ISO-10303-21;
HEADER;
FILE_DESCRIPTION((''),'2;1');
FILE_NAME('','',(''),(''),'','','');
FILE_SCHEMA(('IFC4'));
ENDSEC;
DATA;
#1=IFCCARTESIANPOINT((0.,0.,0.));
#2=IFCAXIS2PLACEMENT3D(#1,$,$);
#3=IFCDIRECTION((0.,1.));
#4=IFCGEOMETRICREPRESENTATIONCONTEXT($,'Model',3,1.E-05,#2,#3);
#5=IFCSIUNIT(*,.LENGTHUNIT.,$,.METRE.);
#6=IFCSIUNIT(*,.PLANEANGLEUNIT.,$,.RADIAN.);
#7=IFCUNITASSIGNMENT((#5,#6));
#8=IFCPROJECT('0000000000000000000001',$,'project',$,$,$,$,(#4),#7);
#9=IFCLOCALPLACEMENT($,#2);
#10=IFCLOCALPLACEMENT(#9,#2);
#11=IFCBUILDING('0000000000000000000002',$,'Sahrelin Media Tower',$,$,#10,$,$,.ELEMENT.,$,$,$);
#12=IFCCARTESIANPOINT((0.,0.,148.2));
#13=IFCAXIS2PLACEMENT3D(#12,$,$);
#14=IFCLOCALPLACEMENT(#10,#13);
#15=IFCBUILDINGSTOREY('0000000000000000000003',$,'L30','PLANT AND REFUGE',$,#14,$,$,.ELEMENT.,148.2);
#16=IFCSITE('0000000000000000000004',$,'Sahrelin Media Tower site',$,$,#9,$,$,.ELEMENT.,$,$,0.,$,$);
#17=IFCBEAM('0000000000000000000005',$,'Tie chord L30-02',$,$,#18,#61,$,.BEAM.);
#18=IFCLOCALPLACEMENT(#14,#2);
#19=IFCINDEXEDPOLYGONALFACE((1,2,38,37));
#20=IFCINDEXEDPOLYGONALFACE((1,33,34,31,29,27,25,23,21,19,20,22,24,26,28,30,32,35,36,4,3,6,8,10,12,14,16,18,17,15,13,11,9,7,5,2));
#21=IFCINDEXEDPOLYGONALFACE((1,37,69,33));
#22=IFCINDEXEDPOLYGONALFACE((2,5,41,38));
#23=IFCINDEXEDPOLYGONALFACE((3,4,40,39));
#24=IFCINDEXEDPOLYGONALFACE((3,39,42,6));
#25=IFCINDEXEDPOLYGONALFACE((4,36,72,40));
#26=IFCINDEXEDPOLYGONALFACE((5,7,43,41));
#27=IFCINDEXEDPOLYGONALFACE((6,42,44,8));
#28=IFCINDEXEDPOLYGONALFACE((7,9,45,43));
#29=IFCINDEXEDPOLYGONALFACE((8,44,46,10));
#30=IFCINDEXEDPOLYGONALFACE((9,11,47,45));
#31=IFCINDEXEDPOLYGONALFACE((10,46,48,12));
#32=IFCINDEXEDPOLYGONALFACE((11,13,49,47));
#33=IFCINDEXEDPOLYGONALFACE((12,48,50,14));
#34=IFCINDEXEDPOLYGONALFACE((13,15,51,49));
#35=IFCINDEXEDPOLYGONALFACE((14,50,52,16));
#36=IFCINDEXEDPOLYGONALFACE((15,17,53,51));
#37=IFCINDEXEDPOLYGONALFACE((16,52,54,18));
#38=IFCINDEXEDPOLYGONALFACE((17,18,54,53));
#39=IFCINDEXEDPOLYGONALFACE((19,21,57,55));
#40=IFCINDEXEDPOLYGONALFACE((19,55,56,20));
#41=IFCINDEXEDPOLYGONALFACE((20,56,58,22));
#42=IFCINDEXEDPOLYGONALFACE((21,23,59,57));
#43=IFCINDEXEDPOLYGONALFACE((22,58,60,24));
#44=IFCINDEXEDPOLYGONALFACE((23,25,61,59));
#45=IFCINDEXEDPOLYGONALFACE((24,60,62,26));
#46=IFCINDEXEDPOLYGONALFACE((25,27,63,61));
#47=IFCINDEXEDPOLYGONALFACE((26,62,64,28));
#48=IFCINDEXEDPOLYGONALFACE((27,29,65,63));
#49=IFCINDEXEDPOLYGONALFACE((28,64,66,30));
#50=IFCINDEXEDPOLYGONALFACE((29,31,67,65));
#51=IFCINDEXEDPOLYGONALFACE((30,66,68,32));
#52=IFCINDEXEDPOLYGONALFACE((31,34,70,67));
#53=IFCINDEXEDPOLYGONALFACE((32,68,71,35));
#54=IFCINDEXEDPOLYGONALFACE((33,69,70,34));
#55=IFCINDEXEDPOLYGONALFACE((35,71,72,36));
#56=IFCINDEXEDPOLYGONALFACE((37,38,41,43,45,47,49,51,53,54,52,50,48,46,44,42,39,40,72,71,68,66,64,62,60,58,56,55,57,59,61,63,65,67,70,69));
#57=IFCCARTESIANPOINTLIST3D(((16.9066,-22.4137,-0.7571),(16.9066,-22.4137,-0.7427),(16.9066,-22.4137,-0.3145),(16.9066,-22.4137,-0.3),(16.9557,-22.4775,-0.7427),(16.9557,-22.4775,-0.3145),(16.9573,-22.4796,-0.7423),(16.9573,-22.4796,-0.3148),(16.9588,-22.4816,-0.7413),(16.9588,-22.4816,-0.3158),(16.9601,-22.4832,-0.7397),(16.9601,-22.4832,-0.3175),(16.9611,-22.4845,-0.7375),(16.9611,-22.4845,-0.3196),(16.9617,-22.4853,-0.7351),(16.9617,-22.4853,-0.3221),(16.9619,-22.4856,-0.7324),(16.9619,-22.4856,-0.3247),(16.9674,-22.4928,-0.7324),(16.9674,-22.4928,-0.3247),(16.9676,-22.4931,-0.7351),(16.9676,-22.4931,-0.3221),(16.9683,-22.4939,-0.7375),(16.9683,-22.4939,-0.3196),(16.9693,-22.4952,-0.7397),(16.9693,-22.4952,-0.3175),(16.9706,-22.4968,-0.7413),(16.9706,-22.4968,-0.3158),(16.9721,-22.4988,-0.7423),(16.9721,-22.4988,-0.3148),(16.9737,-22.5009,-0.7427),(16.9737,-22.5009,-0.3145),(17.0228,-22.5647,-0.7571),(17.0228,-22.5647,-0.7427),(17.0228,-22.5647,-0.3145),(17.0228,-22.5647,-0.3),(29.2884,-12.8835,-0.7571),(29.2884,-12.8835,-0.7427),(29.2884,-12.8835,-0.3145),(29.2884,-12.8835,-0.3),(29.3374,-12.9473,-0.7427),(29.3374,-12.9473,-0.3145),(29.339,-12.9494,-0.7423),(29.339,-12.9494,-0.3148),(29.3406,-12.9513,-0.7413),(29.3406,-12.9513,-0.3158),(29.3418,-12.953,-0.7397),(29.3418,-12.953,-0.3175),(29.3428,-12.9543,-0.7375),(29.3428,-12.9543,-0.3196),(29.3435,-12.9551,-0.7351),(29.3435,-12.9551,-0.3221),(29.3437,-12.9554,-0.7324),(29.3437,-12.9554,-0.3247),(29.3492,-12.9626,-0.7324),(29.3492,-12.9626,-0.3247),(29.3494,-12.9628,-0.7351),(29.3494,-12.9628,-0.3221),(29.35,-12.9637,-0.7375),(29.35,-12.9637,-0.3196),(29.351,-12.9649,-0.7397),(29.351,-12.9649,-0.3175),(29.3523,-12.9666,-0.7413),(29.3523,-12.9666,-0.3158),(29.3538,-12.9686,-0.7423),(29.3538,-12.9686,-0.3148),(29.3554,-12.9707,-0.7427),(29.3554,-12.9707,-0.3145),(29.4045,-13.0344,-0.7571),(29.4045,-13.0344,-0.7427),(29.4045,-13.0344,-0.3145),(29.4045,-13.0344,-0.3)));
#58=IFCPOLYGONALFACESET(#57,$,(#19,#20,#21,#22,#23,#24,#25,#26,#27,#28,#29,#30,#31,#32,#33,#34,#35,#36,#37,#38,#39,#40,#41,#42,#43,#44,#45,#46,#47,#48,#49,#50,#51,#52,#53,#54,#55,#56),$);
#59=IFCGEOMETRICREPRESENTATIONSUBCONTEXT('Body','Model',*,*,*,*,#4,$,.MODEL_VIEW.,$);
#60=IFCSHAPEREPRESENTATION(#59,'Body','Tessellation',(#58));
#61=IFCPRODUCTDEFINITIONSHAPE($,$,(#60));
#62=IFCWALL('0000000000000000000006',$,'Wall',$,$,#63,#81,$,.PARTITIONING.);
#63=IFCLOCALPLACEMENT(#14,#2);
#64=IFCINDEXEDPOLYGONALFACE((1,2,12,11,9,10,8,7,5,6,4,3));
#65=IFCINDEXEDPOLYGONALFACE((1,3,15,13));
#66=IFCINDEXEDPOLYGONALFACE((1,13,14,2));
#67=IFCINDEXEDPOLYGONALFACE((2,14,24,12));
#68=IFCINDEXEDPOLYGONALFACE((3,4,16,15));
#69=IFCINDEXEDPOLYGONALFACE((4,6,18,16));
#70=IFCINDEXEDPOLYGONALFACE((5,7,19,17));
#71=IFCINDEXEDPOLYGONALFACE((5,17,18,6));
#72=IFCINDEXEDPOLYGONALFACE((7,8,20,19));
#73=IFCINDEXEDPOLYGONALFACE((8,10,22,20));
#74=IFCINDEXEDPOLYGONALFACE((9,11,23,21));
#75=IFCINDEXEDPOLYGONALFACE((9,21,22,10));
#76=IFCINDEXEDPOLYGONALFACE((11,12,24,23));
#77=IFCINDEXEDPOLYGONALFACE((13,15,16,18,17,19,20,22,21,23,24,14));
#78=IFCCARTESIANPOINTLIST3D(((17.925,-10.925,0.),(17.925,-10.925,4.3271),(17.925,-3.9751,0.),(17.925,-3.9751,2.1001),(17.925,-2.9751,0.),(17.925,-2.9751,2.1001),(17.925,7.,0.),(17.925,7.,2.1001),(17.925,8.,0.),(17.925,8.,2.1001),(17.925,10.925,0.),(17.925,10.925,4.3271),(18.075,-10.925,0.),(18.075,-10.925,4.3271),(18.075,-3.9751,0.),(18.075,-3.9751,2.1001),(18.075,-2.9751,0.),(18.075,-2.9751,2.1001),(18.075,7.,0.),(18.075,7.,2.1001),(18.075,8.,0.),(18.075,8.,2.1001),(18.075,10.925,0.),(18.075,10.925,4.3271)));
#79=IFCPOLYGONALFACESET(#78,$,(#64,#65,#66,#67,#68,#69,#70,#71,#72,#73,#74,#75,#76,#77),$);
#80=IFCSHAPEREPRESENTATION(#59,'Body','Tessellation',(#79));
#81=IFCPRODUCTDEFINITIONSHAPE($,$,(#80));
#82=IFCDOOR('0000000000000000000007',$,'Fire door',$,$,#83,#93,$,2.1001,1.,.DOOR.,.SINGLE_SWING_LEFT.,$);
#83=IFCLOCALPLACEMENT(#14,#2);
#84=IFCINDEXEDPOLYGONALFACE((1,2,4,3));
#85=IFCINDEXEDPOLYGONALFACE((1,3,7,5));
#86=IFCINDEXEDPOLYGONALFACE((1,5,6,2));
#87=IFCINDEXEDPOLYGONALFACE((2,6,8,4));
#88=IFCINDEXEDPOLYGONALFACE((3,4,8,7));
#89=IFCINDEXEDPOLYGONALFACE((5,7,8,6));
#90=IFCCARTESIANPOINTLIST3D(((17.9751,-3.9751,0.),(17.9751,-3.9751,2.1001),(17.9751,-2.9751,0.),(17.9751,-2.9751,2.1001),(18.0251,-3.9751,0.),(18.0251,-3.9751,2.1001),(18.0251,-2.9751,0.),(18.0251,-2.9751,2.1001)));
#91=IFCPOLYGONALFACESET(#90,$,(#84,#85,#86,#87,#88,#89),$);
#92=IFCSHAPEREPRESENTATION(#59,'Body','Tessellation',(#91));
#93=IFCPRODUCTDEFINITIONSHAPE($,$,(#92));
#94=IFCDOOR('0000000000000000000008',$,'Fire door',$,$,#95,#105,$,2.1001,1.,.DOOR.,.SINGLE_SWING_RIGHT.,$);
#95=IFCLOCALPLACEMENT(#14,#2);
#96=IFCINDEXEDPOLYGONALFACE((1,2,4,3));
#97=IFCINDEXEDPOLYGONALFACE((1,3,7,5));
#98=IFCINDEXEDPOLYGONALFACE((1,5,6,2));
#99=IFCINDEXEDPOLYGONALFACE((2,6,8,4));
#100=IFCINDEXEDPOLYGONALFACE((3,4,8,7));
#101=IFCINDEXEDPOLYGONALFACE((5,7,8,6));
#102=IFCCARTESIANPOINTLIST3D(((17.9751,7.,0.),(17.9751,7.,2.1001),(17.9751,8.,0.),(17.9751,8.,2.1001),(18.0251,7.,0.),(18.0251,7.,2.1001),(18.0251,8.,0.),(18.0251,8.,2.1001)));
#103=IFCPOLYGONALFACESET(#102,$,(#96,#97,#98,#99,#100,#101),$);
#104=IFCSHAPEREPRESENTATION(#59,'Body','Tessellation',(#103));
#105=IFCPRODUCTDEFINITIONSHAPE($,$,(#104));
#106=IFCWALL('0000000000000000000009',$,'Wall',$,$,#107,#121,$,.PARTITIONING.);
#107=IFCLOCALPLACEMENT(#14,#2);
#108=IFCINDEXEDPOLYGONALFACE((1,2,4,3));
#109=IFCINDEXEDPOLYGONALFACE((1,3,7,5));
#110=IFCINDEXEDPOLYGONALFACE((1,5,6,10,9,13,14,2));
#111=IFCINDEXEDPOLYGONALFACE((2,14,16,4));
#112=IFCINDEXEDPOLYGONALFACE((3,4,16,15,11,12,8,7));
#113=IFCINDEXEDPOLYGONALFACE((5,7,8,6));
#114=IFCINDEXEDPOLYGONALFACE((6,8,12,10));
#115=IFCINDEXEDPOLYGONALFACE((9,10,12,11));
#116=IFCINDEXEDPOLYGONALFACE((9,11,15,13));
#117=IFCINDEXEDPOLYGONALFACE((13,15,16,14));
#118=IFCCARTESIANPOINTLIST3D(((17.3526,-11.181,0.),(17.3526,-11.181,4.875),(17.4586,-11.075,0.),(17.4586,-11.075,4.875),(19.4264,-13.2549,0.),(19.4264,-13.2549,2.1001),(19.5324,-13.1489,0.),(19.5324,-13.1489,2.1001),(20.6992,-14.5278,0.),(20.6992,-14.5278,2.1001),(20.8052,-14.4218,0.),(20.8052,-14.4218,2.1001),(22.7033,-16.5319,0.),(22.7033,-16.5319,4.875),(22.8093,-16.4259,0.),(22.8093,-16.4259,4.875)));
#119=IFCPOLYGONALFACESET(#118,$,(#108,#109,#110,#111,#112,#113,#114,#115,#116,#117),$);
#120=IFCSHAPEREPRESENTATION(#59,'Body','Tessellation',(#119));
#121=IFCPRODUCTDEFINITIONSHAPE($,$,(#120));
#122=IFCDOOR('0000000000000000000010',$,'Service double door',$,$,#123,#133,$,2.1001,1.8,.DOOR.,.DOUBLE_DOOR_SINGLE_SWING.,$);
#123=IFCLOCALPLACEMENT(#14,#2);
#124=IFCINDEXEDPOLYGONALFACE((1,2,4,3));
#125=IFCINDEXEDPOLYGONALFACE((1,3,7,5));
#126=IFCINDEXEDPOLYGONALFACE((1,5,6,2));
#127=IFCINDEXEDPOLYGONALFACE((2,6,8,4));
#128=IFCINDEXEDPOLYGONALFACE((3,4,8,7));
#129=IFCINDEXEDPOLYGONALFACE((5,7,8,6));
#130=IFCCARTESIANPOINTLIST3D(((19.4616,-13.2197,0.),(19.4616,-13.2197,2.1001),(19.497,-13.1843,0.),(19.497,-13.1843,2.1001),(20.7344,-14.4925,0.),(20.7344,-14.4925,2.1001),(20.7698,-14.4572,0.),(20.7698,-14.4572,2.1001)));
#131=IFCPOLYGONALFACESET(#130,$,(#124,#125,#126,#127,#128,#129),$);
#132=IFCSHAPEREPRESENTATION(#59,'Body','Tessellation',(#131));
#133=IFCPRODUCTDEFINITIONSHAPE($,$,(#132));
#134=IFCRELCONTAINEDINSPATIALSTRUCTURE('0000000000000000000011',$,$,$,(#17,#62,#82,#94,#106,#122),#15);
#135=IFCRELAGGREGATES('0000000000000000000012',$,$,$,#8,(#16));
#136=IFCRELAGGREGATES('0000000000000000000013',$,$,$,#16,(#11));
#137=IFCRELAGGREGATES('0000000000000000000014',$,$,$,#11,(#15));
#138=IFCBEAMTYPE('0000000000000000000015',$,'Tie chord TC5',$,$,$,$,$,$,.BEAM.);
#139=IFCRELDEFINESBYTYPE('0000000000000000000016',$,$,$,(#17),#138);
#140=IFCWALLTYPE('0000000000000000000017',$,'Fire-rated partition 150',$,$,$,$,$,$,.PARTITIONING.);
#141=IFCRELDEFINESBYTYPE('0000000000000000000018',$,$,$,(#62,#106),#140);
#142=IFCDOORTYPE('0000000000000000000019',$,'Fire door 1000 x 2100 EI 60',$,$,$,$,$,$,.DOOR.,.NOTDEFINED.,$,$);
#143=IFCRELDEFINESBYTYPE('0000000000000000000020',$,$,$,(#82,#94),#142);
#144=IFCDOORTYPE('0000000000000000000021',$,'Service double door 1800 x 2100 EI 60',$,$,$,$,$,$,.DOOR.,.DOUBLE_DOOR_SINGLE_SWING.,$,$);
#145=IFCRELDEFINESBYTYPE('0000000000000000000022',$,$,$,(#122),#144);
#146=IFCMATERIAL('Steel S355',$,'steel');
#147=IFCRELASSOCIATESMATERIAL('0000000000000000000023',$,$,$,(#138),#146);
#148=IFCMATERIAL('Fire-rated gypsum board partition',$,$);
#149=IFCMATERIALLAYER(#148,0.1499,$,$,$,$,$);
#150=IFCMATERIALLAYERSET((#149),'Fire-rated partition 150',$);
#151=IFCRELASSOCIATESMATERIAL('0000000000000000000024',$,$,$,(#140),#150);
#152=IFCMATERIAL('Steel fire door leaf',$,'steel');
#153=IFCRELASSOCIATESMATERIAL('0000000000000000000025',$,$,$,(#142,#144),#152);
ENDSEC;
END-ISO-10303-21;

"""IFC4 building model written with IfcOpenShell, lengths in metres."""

from ifc_helpers import new_model, si_unit, direction, frame, frame_2d, origin, origin_2d, place, context, subcontext, project, spatial, rectangle, i_section, extrude, material, layer, layer_set, material_profile, profile_set, type_object, element, fill, save


model = new_model("IFC4")

# Units and contexts
model_context = context("Model", 3, precision=1e-05, world=origin(), true_north=direction((0.0, 1.0)))
body_context = subcontext(model_context, "Body", "Model", "MODEL_VIEW")
ifc_project = project(units=[si_unit("LENGTHUNIT", "METRE"), si_unit("PLANEANGLEUNIT", "RADIAN")], contexts=[model_context])

# Site, building, storey
site_placement = place(None, origin())
site = spatial("IfcSite", under=ifc_project, at=site_placement, Name="Sahrelin Media Tower site", CompositionType="ELEMENT", RefElevation=0.0)
building_placement = place(site_placement, origin())
building = spatial("IfcBuilding", under=site, at=building_placement, Name="Sahrelin Media Tower", CompositionType="ELEMENT")
storey_placement = place(building_placement, frame((0.0, 0.0, 148.2)))
storey = spatial("IfcBuildingStorey", under=building, at=storey_placement, Name="L30", Description="PLANT AND REFUGE", CompositionType="ELEMENT", Elevation=148.2)

# Beam
ifc_material_1 = material(Name="Steel S355", Category="steel")
ifc_material_profile_1 = material_profile(ifc_material_1, i_section(OverallWidth=0.1904, OverallDepth=0.457, WebThickness=0.009, FlangeThickness=0.0144, FilletRadius=0.0103, at=origin_2d()), Name="UB 457x191x74")
ifc_profile_set_1 = profile_set([ifc_material_profile_1], Name="Steel S355")
beam_type_1 = type_object("IfcBeamType", Name="Tie chord TC5", PredefinedType="BEAM", material=ifc_profile_set_1)
beam_1_placement = place(storey_placement, frame((29.3464, -12.959, -0.5286), z_axis=(-0.792445, -0.609943, 0.0), x_axis=(0.609943, -0.792445, 0.0)))
element("IfcBeam", 1, at=beam_1_placement, inside=storey, type_object=beam_type_1, Name="Tie chord L30-02", PredefinedType="BEAM", context=body_context, shape_type="SweptSolid", body=[
    extrude(i_section(OverallWidth=0.1904, OverallDepth=0.457, WebThickness=0.009, FlangeThickness=0.0144, FilletRadius=0.0103, at=origin_2d()), origin(), (0.0, 0.0, 1.0), 15.6248),
])

# Wall, openings, doors
ifc_material_2 = material(Name="Fire-rated gypsum board partition")
ifc_layer = layer(ifc_material_2, 0.1499)
ifc_layer_set = layer_set([ifc_layer], Name="Fire-rated partition 150")
wall_type = type_object("IfcWallType", Name="Fire-rated partition 150", PredefinedType="PARTITIONING", material=ifc_layer_set)
wall_1_placement = place(storey_placement, frame((18.0, -10.925, 0.0), z_axis=(0.0, 0.0, 1.0), x_axis=(0.0, 1.0, 0.0)))
wall_1 = element("IfcWall", 2, at=wall_1_placement, inside=storey, type_object=wall_type, Name="Wall", PredefinedType="PARTITIONING", context=body_context, shape_type="SweptSolid", body=[
    extrude(rectangle(XDim=21.8501, YDim=0.1499, at=frame_2d((10.925, 0.0))), origin(), (0.0, 0.0, 1.0), 4.3271),
])
opening_1_placement = place(wall_1_placement, frame((6.95, 0.0, 0.0)))
opening_1 = element("IfcOpeningElement", 3, at=opening_1_placement, cuts=wall_1, PredefinedType="OPENING", context=body_context, shape_type="SweptSolid", body=[
    extrude(rectangle(XDim=1.0, YDim=2.1001, at=frame_2d((0.5, 1.05))), frame((0.0, 0.075, 0.0), z_axis=(0.0, -1.0, 0.0), x_axis=(1.0, 0.0, 0.0)), (0.0, 0.0, 1.0), 0.1499),
])
opening_2_placement = place(wall_1_placement, frame((17.925, 0.0, 0.0)))
opening_2 = element("IfcOpeningElement", 4, at=opening_2_placement, cuts=wall_1, PredefinedType="OPENING", context=body_context, shape_type="SweptSolid", body=[
    extrude(rectangle(XDim=1.0, YDim=2.1001, at=frame_2d((0.5, 1.05))), frame((0.0, 0.075, 0.0), z_axis=(0.0, -1.0, 0.0), x_axis=(1.0, 0.0, 0.0)), (0.0, 0.0, 1.0), 0.1499),
])
ifc_material_3 = material(Name="Steel fire door leaf", Category="steel")
door_type_1 = type_object("IfcDoorType", Name="Fire door 1000 x 2100 EI 60", OperationType="NOTDEFINED", PredefinedType="DOOR", material=ifc_material_3)
door_1_placement = place(opening_1_placement, origin())
door_1 = element("IfcDoor", 5, at=door_1_placement, inside=storey, type_object=door_type_1, Name="Fire door", OperationType="SINGLE_SWING_LEFT", OverallHeight=2.1001, OverallWidth=1.0, PredefinedType="DOOR", context=body_context, shape_type="SweptSolid", body=[
    extrude(rectangle(XDim=1.0, YDim=2.1001, at=frame_2d((0.5, 1.05))), frame((0.0, 0.0249, 0.0), z_axis=(0.0, -1.0, 0.0), x_axis=(1.0, 0.0, 0.0)), (0.0, 0.0, 1.0), 0.05),
])
fill(opening_1, door_1)
door_2_placement = place(opening_2_placement, origin())
door_2 = element("IfcDoor", 6, at=door_2_placement, inside=storey, type_object=door_type_1, Name="Fire door", OperationType="SINGLE_SWING_RIGHT", OverallHeight=2.1001, OverallWidth=1.0, PredefinedType="DOOR", context=body_context, shape_type="SweptSolid", body=[
    extrude(rectangle(XDim=1.0, YDim=2.1001, at=frame_2d((0.5, 1.05))), frame((0.0, 0.0249, 0.0), z_axis=(0.0, -1.0, 0.0), x_axis=(1.0, 0.0, 0.0)), (0.0, 0.0, 1.0), 0.05),
])
fill(opening_2, door_2)

# Wall, opening, door
wall_2_placement = place(storey_placement, frame((17.4055, -11.1279, 0.0), z_axis=(0.0, 0.0, 1.0), x_axis=(0.707091, -0.707123, 0.0)))
wall_2 = element("IfcWall", 7, at=wall_2_placement, inside=storey, type_object=wall_type, Name="Wall", PredefinedType="PARTITIONING", context=body_context, shape_type="SweptSolid", body=[
    extrude(rectangle(XDim=7.5671, YDim=0.1499, at=frame_2d((3.7837, 0.0))), origin(), (0.0, 0.0, 1.0), 4.875),
])
opening_3_placement = place(wall_2_placement, frame((2.9331, 0.0, 0.0)))
opening_3 = element("IfcOpeningElement", 8, at=opening_3_placement, cuts=wall_2, PredefinedType="OPENING", context=body_context, shape_type="SweptSolid", body=[
    extrude(rectangle(XDim=1.8, YDim=2.1001, at=frame_2d((0.8999, 1.05))), frame((0.0, 0.075, 0.0), z_axis=(0.0, -1.0, 0.0), x_axis=(1.0, 0.0, 0.0)), (0.0, 0.0, 1.0), 0.1499),
])
door_type_2 = type_object("IfcDoorType", Name="Service double door 1800 x 2100 EI 60", OperationType="DOUBLE_DOOR_SINGLE_SWING", PredefinedType="DOOR", material=ifc_material_3)
door_3_placement = place(opening_3_placement, origin())
door_3 = element("IfcDoor", 9, at=door_3_placement, inside=storey, type_object=door_type_2, Name="Service double door", OperationType="DOUBLE_DOOR_SINGLE_SWING", OverallHeight=2.1001, OverallWidth=1.8, PredefinedType="DOOR", context=body_context, shape_type="SweptSolid", body=[
    extrude(rectangle(XDim=1.8, YDim=2.1001, at=frame_2d((0.8999, 1.05))), frame((0.0, 0.0249, 0.0), z_axis=(0.0, -1.0, 0.0), x_axis=(1.0, 0.0, 0.0)), (0.0, 0.0, 1.0), 0.05),
])
fill(opening_3, door_3)

save(model, "model.ifc")
